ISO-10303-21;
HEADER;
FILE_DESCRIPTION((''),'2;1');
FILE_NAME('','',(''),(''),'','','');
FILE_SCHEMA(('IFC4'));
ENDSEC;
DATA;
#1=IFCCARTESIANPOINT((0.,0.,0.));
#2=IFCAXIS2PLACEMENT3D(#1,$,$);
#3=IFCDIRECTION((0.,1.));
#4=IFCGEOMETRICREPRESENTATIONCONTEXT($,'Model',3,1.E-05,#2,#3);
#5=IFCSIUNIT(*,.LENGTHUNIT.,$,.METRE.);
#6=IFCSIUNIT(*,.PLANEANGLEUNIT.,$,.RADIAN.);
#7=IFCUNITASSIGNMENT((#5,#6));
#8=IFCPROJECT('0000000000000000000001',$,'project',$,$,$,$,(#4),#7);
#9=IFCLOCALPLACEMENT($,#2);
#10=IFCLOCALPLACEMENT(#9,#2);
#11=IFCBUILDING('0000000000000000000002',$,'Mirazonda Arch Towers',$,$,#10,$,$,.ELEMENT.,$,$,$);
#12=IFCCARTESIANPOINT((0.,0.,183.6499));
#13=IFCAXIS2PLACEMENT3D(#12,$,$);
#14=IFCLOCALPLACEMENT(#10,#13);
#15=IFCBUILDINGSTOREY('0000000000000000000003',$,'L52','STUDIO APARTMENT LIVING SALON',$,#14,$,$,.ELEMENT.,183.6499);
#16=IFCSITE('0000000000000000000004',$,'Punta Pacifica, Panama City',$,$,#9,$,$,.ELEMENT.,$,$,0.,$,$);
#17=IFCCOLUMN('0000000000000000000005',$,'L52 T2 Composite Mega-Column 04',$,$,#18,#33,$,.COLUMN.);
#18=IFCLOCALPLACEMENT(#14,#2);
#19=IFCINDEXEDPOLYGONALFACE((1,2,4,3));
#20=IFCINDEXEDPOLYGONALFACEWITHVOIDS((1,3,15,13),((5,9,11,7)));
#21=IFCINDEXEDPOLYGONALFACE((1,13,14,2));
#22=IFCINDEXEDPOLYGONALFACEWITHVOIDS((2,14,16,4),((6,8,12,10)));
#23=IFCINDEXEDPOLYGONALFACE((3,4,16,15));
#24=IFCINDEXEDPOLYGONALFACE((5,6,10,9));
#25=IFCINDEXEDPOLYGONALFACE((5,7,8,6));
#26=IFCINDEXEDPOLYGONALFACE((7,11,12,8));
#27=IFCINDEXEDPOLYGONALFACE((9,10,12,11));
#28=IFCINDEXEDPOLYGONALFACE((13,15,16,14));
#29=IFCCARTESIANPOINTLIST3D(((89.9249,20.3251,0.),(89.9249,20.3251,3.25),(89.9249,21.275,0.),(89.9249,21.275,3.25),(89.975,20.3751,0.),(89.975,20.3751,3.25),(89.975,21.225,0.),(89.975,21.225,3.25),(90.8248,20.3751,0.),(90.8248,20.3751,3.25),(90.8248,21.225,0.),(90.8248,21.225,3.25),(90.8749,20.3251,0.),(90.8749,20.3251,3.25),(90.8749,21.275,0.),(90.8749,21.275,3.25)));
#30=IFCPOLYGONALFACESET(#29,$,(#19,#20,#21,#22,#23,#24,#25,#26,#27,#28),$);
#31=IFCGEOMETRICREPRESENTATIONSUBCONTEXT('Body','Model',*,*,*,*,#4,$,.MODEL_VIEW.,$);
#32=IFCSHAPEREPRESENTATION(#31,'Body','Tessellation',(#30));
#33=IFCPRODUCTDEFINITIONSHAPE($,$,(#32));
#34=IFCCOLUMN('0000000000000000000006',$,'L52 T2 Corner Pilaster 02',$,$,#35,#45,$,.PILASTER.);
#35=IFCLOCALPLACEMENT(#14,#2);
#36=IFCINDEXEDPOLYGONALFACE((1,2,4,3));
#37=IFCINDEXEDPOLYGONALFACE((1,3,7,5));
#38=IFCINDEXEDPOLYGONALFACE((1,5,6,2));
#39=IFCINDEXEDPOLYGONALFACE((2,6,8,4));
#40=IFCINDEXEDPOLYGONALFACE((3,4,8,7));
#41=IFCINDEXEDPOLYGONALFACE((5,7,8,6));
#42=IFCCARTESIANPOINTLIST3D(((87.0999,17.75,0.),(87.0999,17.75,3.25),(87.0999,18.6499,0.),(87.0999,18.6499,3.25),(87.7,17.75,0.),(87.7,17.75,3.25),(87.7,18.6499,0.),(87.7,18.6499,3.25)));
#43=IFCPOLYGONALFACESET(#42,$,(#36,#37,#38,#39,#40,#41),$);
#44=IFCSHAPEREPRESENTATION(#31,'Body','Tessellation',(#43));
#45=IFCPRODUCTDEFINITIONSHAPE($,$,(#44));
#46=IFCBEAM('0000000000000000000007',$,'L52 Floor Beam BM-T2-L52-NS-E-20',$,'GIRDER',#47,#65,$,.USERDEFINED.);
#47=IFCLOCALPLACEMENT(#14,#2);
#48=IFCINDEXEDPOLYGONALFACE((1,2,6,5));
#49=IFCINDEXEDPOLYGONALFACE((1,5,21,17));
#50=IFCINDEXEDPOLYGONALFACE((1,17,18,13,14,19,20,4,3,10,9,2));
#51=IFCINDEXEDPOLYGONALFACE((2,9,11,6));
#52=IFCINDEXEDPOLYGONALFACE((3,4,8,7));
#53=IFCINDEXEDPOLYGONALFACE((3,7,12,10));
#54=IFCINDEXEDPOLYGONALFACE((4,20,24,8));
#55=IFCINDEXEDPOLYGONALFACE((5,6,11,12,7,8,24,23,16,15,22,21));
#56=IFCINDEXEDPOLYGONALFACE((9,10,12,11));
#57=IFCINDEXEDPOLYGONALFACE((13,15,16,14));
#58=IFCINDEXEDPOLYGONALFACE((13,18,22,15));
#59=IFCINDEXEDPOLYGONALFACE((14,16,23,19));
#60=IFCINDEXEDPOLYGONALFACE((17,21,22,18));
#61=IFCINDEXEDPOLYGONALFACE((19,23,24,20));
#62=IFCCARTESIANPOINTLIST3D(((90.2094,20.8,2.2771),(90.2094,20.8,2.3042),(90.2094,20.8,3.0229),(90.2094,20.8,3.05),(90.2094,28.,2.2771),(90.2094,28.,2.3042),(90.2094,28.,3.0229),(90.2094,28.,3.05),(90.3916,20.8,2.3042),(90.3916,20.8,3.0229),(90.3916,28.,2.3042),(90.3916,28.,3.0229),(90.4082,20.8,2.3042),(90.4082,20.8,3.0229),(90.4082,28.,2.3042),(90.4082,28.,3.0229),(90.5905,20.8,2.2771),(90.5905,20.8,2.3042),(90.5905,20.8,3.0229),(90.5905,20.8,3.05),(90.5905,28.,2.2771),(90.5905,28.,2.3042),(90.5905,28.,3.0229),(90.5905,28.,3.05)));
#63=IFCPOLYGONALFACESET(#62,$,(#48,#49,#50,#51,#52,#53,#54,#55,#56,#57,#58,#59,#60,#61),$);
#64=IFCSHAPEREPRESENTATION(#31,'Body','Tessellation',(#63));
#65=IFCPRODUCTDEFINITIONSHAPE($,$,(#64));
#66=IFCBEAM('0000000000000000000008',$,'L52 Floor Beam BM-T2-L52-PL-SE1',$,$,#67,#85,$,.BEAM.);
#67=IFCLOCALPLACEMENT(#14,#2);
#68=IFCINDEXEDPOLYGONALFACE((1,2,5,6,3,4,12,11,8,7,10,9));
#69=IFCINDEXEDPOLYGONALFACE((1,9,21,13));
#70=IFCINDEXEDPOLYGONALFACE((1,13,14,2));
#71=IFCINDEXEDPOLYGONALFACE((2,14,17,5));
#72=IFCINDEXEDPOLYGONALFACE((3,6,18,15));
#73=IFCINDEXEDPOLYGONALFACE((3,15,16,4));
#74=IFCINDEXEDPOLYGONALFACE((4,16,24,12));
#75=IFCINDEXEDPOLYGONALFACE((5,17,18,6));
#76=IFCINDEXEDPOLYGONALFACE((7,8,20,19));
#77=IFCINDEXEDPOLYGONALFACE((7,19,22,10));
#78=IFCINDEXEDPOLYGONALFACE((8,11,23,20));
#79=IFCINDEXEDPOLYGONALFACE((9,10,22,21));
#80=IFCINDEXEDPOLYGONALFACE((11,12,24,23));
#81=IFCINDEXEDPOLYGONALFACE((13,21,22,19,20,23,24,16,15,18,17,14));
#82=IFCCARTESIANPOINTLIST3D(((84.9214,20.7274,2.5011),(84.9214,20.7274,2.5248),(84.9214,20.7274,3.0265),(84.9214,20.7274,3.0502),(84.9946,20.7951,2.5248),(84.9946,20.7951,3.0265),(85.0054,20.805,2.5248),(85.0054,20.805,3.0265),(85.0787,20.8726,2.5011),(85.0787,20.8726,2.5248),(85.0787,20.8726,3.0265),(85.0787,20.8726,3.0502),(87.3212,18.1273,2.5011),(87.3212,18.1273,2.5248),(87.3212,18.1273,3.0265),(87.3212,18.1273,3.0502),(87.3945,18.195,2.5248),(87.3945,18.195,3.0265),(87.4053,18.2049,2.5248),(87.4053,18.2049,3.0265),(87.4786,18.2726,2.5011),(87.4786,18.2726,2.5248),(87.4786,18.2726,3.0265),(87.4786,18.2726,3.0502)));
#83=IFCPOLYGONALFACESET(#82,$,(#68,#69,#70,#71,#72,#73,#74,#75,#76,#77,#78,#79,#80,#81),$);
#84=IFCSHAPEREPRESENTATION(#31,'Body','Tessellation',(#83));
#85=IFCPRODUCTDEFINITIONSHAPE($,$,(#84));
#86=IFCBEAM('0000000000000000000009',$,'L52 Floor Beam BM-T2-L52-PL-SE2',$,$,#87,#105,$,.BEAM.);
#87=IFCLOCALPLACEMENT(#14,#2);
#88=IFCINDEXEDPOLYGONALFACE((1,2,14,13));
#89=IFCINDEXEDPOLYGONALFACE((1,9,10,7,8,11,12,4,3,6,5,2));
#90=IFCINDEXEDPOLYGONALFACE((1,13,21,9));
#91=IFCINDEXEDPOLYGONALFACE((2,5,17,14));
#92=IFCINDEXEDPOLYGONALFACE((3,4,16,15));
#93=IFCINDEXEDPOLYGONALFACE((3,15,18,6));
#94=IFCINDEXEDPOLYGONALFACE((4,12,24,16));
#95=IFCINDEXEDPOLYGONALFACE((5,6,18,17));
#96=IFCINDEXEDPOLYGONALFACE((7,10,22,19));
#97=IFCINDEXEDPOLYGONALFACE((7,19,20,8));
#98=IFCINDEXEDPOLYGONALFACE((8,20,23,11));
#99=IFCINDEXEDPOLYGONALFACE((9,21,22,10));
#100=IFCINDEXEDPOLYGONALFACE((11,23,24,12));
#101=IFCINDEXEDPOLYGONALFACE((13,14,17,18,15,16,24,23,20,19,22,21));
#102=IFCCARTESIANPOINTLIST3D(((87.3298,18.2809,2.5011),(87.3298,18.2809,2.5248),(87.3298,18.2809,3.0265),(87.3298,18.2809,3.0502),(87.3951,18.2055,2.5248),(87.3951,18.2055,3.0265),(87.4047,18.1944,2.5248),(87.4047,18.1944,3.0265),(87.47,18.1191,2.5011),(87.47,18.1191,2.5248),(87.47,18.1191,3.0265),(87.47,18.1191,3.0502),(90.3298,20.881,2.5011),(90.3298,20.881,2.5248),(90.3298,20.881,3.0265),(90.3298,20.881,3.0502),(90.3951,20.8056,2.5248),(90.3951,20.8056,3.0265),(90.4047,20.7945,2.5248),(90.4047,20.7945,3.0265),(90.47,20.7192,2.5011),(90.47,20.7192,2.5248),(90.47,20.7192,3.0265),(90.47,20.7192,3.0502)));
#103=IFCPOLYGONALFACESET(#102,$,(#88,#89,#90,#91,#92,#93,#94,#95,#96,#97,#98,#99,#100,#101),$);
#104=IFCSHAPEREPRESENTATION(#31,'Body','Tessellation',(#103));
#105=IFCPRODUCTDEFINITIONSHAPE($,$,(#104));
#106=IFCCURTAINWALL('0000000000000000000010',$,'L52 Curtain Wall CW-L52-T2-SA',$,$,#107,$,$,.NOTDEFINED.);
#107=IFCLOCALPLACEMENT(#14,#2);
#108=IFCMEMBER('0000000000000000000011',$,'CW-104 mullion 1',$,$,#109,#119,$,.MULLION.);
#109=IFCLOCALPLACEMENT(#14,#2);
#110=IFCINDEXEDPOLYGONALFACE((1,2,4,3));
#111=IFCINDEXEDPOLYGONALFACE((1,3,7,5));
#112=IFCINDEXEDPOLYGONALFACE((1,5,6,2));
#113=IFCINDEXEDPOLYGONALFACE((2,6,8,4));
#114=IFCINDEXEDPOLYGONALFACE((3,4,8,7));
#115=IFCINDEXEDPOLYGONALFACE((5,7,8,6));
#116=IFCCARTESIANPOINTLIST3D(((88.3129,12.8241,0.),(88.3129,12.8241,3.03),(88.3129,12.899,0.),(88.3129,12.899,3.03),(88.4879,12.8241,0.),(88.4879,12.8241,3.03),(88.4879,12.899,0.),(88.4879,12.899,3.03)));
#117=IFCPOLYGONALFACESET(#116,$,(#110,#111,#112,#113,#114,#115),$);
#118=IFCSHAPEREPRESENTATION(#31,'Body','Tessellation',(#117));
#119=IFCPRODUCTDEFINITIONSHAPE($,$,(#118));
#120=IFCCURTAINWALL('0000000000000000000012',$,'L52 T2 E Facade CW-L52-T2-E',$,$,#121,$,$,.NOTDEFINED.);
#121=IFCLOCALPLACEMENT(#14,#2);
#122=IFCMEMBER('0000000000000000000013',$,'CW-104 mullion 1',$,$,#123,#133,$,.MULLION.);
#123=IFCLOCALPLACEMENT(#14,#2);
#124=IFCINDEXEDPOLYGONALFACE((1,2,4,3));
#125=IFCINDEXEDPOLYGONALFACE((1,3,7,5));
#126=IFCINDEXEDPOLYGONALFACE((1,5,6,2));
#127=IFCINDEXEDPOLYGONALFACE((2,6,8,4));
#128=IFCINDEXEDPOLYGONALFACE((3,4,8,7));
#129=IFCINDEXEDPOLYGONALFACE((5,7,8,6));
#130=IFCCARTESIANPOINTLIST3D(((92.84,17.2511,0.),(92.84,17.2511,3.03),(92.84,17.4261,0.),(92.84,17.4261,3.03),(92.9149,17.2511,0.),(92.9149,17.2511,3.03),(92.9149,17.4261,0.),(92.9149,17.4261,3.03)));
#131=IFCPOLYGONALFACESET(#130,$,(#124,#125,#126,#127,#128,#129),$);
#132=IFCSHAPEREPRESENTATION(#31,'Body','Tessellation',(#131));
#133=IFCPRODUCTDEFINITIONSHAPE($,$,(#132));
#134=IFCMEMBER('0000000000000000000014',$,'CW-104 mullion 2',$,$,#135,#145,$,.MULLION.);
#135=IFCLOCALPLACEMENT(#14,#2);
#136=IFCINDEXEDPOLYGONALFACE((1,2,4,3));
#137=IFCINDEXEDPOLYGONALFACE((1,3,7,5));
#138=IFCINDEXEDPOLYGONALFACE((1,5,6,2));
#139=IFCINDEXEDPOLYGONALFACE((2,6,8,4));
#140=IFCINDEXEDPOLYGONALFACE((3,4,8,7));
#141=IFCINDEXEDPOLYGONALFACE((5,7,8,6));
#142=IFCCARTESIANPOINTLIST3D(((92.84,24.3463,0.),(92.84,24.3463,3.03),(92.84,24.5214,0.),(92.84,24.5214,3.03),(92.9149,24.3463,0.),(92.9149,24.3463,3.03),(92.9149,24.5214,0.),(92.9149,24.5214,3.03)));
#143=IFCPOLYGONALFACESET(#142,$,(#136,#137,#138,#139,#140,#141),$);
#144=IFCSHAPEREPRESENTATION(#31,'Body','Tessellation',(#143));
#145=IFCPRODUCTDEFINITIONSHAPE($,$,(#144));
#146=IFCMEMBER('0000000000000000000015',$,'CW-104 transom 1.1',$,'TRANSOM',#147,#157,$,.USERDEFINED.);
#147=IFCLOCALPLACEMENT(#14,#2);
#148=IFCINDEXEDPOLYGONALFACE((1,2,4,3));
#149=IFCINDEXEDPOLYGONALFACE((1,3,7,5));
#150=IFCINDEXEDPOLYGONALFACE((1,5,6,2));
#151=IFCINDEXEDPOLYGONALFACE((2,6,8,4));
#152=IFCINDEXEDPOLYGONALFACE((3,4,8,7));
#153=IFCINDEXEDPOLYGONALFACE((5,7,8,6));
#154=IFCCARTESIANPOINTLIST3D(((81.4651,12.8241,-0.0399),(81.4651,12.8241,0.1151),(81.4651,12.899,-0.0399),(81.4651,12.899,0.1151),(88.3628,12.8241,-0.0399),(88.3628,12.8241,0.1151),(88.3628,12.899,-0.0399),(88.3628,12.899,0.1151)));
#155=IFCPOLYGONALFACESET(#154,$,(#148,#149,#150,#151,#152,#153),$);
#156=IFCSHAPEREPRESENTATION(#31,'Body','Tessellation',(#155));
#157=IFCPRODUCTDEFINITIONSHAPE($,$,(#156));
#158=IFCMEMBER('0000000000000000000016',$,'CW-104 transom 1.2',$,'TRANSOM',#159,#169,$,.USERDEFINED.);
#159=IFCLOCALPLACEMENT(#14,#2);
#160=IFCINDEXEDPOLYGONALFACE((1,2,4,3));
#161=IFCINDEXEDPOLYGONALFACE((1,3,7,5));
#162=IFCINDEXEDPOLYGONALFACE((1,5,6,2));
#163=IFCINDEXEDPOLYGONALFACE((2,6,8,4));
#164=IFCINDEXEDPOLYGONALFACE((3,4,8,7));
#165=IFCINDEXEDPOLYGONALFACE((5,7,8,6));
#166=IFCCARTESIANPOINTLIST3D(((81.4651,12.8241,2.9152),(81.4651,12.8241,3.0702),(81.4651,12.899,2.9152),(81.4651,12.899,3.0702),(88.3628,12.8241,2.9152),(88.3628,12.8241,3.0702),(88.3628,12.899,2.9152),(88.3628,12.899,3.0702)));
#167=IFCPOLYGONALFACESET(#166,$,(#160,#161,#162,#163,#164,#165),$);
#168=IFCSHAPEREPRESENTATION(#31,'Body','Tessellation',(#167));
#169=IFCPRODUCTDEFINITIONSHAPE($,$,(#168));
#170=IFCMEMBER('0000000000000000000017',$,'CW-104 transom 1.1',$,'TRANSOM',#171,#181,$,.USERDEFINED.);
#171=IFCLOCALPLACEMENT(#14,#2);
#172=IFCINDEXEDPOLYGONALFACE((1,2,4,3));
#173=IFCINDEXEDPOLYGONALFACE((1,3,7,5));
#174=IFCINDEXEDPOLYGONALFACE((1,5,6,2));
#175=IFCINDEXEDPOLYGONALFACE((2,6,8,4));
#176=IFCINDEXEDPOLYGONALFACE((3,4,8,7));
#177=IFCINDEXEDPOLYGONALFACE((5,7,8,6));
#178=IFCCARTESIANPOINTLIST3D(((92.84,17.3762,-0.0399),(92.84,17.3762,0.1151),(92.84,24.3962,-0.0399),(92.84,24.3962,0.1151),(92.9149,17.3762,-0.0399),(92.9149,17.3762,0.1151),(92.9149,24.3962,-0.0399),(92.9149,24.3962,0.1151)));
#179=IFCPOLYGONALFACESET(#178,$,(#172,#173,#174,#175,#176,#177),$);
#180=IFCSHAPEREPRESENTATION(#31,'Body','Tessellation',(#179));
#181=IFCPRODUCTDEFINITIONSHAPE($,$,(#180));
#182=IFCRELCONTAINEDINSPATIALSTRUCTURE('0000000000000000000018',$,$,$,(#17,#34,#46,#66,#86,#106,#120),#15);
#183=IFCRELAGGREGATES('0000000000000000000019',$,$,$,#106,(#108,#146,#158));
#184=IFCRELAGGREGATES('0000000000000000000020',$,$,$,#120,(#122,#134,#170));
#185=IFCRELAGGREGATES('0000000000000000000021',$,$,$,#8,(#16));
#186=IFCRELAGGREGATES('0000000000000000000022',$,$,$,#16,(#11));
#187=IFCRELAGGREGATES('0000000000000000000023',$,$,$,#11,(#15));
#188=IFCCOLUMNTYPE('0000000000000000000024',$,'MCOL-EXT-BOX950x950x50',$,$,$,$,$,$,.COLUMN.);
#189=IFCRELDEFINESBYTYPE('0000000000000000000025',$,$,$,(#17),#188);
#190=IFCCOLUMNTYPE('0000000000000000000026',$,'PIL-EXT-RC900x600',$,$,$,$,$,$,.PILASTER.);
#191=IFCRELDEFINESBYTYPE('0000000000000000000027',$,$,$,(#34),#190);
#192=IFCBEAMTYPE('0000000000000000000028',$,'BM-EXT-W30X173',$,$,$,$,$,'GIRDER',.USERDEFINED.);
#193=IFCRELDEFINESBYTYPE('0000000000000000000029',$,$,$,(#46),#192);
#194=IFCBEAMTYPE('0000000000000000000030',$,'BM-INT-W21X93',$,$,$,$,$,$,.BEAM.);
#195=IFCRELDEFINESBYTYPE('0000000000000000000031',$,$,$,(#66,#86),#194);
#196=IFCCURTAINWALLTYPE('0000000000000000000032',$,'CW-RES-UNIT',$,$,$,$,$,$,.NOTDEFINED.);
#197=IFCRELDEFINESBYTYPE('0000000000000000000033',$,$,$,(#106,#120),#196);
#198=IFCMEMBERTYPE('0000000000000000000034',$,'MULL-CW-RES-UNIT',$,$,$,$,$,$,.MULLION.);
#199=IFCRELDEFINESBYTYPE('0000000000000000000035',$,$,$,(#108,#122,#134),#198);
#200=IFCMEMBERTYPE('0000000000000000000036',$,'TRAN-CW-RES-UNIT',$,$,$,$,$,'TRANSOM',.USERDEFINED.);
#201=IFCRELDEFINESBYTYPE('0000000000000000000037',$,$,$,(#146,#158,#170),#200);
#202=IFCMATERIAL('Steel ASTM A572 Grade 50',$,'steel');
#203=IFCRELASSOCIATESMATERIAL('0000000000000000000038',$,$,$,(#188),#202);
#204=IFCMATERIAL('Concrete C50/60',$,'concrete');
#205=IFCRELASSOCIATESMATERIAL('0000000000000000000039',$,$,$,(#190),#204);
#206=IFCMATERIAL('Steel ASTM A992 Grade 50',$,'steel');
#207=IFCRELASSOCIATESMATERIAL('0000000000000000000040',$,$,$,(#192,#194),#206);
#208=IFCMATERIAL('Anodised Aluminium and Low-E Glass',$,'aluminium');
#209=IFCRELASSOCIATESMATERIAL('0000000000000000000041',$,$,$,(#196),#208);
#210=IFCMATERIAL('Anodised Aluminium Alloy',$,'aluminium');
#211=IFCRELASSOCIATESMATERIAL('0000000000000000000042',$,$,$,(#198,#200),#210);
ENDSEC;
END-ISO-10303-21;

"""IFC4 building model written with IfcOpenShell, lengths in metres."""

from ifc_helpers import new_model, si_unit, direction, frame, origin, origin_2d, place, context, subcontext, project, spatial, rectangle, hollow_rectangle, i_section, extrude, material, material_profile, profile_set, type_object, element, aggregate, save


model = new_model("IFC4")

# Units and contexts
model_context = context("Model", 3, precision=1e-05, world=origin(), true_north=direction((0.0, 1.0)))
body_context = subcontext(model_context, "Body", "Model", "MODEL_VIEW")
ifc_project = project(units=[si_unit("LENGTHUNIT", "METRE"), si_unit("PLANEANGLEUNIT", "RADIAN")], contexts=[model_context])

# Site, building, storey
site_placement = place(None, origin())
site = spatial("IfcSite", under=ifc_project, at=site_placement, Name="Punta Pacifica, Panama City", CompositionType="ELEMENT", RefElevation=0.0)
building_placement = place(site_placement, origin())
building = spatial("IfcBuilding", under=site, at=building_placement, Name="Mirazonda Arch Towers", CompositionType="ELEMENT")
storey_placement = place(building_placement, frame((0.0, 0.0, 183.6499)))
storey = spatial("IfcBuildingStorey", under=building, at=storey_placement, Name="L52", Description="STUDIO APARTMENT LIVING SALON", CompositionType="ELEMENT", Elevation=183.6499)

# Columns
ifc_material_1 = material(Name="Steel ASTM A572 Grade 50", Category="steel")
ifc_material_profile_1 = material_profile(ifc_material_1, hollow_rectangle(XDim=0.95, YDim=0.95, WallThickness=0.05, at=origin_2d()), Name="BOX950x950x50")
ifc_profile_set_1 = profile_set([ifc_material_profile_1], Name="Steel ASTM A572 Grade 50")
column_type_1 = type_object("IfcColumnType", Name="MCOL-EXT-BOX950x950x50", PredefinedType="COLUMN", material=ifc_profile_set_1)
column_1_placement = place(storey_placement, frame((90.3999, 20.8, 0.0), z_axis=(0.0, 0.0, 1.0), x_axis=(1.0, 0.0, 0.0)))
element("IfcColumn", 1, at=column_1_placement, inside=storey, type_object=column_type_1, Name="L52 T2 Composite Mega-Column 04", PredefinedType="COLUMN", context=body_context, shape_type="SweptSolid", body=[
    extrude(hollow_rectangle(XDim=0.95, YDim=0.95, WallThickness=0.05, at=origin_2d()), origin(), (0.0, 0.0, 1.0), 3.25),
])
ifc_material_2 = material(Name="Concrete C50/60", Category="concrete")
ifc_material_profile_2 = material_profile(ifc_material_2, rectangle(XDim=0.6001, YDim=0.8999, at=origin_2d()), Name="RC900x600")
ifc_profile_set_2 = profile_set([ifc_material_profile_2], Name="Concrete C50/60")
column_type_2 = type_object("IfcColumnType", Name="PIL-EXT-RC900x600", PredefinedType="PILASTER", material=ifc_profile_set_2)
column_2_placement = place(storey_placement, frame((87.3999, 18.2, 0.0), z_axis=(0.0, 0.0, 1.0), x_axis=(1.0, 0.0, 0.0)))
element("IfcColumn", 2, at=column_2_placement, inside=storey, type_object=column_type_2, Name="L52 T2 Corner Pilaster 02", PredefinedType="PILASTER", context=body_context, shape_type="SweptSolid", body=[
    extrude(rectangle(XDim=0.6001, YDim=0.8999, at=origin_2d()), origin(), (0.0, 0.0, 1.0), 3.25),
])

# Beams
ifc_material_3 = material(Name="Steel ASTM A992 Grade 50", Category="steel")
ifc_material_profile_3 = material_profile(ifc_material_3, i_section(OverallWidth=0.3811, OverallDepth=0.7729, WebThickness=0.0166, FlangeThickness=0.0271, at=origin_2d()), Name="W30X173")
ifc_profile_set_3 = profile_set([ifc_material_profile_3], Name="Steel ASTM A992 Grade 50")
beam_type_1 = type_object("IfcBeamType", Name="BM-EXT-W30X173", ElementType="GIRDER", PredefinedType="USERDEFINED", material=ifc_profile_set_3)
beam_1_placement = place(storey_placement, frame((90.3999, 20.8, 2.6636), z_axis=(0.0, 1.0, 0.0), x_axis=(-1.0, 0.0, 0.0)))
element("IfcBeam", 3, at=beam_1_placement, inside=storey, type_object=beam_type_1, Name="L52 Floor Beam BM-T2-L52-NS-E-20", ObjectType="GIRDER", PredefinedType="USERDEFINED", context=body_context, shape_type="SweptSolid", body=[
    extrude(i_section(OverallWidth=0.3811, OverallDepth=0.7729, WebThickness=0.0166, FlangeThickness=0.0271, at=origin_2d()), origin(), (0.0, 0.0, 1.0), 7.2),
])
ifc_material_profile_4 = material_profile(ifc_material_3, i_section(OverallWidth=0.2141, OverallDepth=0.5491, WebThickness=0.0146, FlangeThickness=0.0237, at=origin_2d()), Name="W21X93")
ifc_profile_set_4 = profile_set([ifc_material_profile_4], Name="Steel ASTM A992 Grade 50")
beam_type_2 = type_object("IfcBeamType", Name="BM-INT-W21X93", PredefinedType="BEAM", material=ifc_profile_set_4)
beam_2_placement = place(storey_placement, frame((87.3999, 18.2, 2.7756), z_axis=(-0.678251, 0.73483, 0.0), x_axis=(-0.73483, -0.678251, 0.0)))
element("IfcBeam", 4, at=beam_2_placement, inside=storey, type_object=beam_type_2, Name="L52 Floor Beam BM-T2-L52-PL-SE1", PredefinedType="BEAM", context=body_context, shape_type="SweptSolid", body=[
    extrude(i_section(OverallWidth=0.2141, OverallDepth=0.5491, WebThickness=0.0146, FlangeThickness=0.0237, at=origin_2d()), origin(), (0.0, 0.0, 1.0), 3.5383),
])
beam_3_placement = place(storey_placement, frame((87.3999, 18.2, 2.7756), z_axis=(0.755677, 0.654945, 0.0), x_axis=(-0.654945, 0.755677, 0.0)))
element("IfcBeam", 5, at=beam_3_placement, inside=storey, type_object=beam_type_2, Name="L52 Floor Beam BM-T2-L52-PL-SE2", PredefinedType="BEAM", context=body_context, shape_type="SweptSolid", body=[
    extrude(i_section(OverallWidth=0.2141, OverallDepth=0.5491, WebThickness=0.0146, FlangeThickness=0.0237, at=origin_2d()), origin(), (0.0, 0.0, 1.0), 3.97),
])

# Curtain wall, member
ifc_material_4 = material(Name="Anodised Aluminium and Low-E Glass", Category="aluminium")
curtain_wall_type = type_object("IfcCurtainWallType", Name="CW-RES-UNIT", PredefinedType="NOTDEFINED", material=ifc_material_4)
curtain_wall_1_placement = place(storey_placement, origin())
curtain_wall_1 = element("IfcCurtainWall", 6, at=curtain_wall_1_placement, inside=storey, type_object=curtain_wall_type, Name="L52 Curtain Wall CW-L52-T2-SA", PredefinedType="NOTDEFINED")
ifc_material_5 = material(Name="Anodised Aluminium Alloy", Category="aluminium")
ifc_material_profile_5 = material_profile(ifc_material_5, rectangle(XDim=0.075, YDim=0.175, at=origin_2d()), Name="ALU-MULL-75x175")
ifc_profile_set_5 = profile_set([ifc_material_profile_5], Name="Anodised Aluminium Alloy")
member_type_1 = type_object("IfcMemberType", Name="MULL-CW-RES-UNIT", PredefinedType="MULLION", material=ifc_profile_set_5)
member_1_placement = place(storey_placement, frame((88.4004, 12.8616, 0.0), z_axis=(0.0, 0.0, 1.0), x_axis=(0.0, -1.0, 0.0)))
member_1 = element("IfcMember", 7, at=member_1_placement, type_object=member_type_1, Name="CW-104 mullion 1", PredefinedType="MULLION", context=body_context, shape_type="SweptSolid", body=[
    extrude(rectangle(XDim=0.075, YDim=0.175, at=origin_2d()), origin(), (0.0, 0.0, 1.0), 3.03),
])

# Curtain wall, members
curtain_wall_2_placement = place(storey_placement, origin())
curtain_wall_2 = element("IfcCurtainWall", 8, at=curtain_wall_2_placement, inside=storey, type_object=curtain_wall_type, Name="L52 T2 E Facade CW-L52-T2-E", PredefinedType="NOTDEFINED")
member_2_placement = place(storey_placement, frame((92.8774, 17.3386, 0.0), z_axis=(0.0, 0.0, 1.0), x_axis=(-1.0, 0.0, 0.0)))
member_2 = element("IfcMember", 9, at=member_2_placement, type_object=member_type_1, Name="CW-104 mullion 1", PredefinedType="MULLION", context=body_context, shape_type="SweptSolid", body=[
    extrude(rectangle(XDim=0.075, YDim=0.175, at=origin_2d()), origin(), (0.0, 0.0, 1.0), 3.03),
])
member_3_placement = place(storey_placement, frame((92.8774, 24.4338, 0.0), z_axis=(0.0, 0.0, 1.0), x_axis=(-1.0, 0.0, 0.0)))
member_3 = element("IfcMember", 10, at=member_3_placement, type_object=member_type_1, Name="CW-104 mullion 2", PredefinedType="MULLION", context=body_context, shape_type="SweptSolid", body=[
    extrude(rectangle(XDim=0.075, YDim=0.175, at=origin_2d()), origin(), (0.0, 0.0, 1.0), 3.03),
])

# Members
ifc_material_profile_6 = material_profile(ifc_material_5, rectangle(XDim=0.075, YDim=0.155, at=origin_2d()), Name="ALU-TRAN-75x155")
ifc_profile_set_6 = profile_set([ifc_material_profile_6], Name="Anodised Aluminium Alloy")
member_type_2 = type_object("IfcMemberType", Name="TRAN-CW-RES-UNIT", ElementType="TRANSOM", PredefinedType="USERDEFINED", material=ifc_profile_set_6)
member_4_placement = place(storey_placement, frame((88.3628, 12.8616, 0.0376), z_axis=(-1.0, 0.0, 0.0), x_axis=(0.0, -1.0, 0.0)))
member_4 = element("IfcMember", 11, at=member_4_placement, type_object=member_type_2, Name="CW-104 transom 1.1", ObjectType="TRANSOM", PredefinedType="USERDEFINED", context=body_context, shape_type="SweptSolid", body=[
    extrude(rectangle(XDim=0.075, YDim=0.155, at=origin_2d()), origin(), (0.0, 0.0, 1.0), 6.8977),
])
member_5_placement = place(storey_placement, frame((88.3628, 12.8616, 2.9927), z_axis=(-1.0, 0.0, 0.0), x_axis=(0.0, -1.0, 0.0)))
member_5 = element("IfcMember", 12, at=member_5_placement, type_object=member_type_2, Name="CW-104 transom 1.2", ObjectType="TRANSOM", PredefinedType="USERDEFINED", context=body_context, shape_type="SweptSolid", body=[
    extrude(rectangle(XDim=0.075, YDim=0.155, at=origin_2d()), origin(), (0.0, 0.0, 1.0), 6.8977),
])
aggregate(curtain_wall_1, [member_1, member_4, member_5])
member_6_placement = place(storey_placement, frame((92.8774, 17.3762, 0.0376), z_axis=(0.0, 1.0, 0.0), x_axis=(-1.0, 0.0, 0.0)))
member_6 = element("IfcMember", 13, at=member_6_placement, type_object=member_type_2, Name="CW-104 transom 1.1", ObjectType="TRANSOM", PredefinedType="USERDEFINED", context=body_context, shape_type="SweptSolid", body=[
    extrude(rectangle(XDim=0.075, YDim=0.155, at=origin_2d()), origin(), (0.0, 0.0, 1.0), 7.02),
])

aggregate(curtain_wall_2, [member_2, member_3, member_6])

save(model, "model.ifc")
